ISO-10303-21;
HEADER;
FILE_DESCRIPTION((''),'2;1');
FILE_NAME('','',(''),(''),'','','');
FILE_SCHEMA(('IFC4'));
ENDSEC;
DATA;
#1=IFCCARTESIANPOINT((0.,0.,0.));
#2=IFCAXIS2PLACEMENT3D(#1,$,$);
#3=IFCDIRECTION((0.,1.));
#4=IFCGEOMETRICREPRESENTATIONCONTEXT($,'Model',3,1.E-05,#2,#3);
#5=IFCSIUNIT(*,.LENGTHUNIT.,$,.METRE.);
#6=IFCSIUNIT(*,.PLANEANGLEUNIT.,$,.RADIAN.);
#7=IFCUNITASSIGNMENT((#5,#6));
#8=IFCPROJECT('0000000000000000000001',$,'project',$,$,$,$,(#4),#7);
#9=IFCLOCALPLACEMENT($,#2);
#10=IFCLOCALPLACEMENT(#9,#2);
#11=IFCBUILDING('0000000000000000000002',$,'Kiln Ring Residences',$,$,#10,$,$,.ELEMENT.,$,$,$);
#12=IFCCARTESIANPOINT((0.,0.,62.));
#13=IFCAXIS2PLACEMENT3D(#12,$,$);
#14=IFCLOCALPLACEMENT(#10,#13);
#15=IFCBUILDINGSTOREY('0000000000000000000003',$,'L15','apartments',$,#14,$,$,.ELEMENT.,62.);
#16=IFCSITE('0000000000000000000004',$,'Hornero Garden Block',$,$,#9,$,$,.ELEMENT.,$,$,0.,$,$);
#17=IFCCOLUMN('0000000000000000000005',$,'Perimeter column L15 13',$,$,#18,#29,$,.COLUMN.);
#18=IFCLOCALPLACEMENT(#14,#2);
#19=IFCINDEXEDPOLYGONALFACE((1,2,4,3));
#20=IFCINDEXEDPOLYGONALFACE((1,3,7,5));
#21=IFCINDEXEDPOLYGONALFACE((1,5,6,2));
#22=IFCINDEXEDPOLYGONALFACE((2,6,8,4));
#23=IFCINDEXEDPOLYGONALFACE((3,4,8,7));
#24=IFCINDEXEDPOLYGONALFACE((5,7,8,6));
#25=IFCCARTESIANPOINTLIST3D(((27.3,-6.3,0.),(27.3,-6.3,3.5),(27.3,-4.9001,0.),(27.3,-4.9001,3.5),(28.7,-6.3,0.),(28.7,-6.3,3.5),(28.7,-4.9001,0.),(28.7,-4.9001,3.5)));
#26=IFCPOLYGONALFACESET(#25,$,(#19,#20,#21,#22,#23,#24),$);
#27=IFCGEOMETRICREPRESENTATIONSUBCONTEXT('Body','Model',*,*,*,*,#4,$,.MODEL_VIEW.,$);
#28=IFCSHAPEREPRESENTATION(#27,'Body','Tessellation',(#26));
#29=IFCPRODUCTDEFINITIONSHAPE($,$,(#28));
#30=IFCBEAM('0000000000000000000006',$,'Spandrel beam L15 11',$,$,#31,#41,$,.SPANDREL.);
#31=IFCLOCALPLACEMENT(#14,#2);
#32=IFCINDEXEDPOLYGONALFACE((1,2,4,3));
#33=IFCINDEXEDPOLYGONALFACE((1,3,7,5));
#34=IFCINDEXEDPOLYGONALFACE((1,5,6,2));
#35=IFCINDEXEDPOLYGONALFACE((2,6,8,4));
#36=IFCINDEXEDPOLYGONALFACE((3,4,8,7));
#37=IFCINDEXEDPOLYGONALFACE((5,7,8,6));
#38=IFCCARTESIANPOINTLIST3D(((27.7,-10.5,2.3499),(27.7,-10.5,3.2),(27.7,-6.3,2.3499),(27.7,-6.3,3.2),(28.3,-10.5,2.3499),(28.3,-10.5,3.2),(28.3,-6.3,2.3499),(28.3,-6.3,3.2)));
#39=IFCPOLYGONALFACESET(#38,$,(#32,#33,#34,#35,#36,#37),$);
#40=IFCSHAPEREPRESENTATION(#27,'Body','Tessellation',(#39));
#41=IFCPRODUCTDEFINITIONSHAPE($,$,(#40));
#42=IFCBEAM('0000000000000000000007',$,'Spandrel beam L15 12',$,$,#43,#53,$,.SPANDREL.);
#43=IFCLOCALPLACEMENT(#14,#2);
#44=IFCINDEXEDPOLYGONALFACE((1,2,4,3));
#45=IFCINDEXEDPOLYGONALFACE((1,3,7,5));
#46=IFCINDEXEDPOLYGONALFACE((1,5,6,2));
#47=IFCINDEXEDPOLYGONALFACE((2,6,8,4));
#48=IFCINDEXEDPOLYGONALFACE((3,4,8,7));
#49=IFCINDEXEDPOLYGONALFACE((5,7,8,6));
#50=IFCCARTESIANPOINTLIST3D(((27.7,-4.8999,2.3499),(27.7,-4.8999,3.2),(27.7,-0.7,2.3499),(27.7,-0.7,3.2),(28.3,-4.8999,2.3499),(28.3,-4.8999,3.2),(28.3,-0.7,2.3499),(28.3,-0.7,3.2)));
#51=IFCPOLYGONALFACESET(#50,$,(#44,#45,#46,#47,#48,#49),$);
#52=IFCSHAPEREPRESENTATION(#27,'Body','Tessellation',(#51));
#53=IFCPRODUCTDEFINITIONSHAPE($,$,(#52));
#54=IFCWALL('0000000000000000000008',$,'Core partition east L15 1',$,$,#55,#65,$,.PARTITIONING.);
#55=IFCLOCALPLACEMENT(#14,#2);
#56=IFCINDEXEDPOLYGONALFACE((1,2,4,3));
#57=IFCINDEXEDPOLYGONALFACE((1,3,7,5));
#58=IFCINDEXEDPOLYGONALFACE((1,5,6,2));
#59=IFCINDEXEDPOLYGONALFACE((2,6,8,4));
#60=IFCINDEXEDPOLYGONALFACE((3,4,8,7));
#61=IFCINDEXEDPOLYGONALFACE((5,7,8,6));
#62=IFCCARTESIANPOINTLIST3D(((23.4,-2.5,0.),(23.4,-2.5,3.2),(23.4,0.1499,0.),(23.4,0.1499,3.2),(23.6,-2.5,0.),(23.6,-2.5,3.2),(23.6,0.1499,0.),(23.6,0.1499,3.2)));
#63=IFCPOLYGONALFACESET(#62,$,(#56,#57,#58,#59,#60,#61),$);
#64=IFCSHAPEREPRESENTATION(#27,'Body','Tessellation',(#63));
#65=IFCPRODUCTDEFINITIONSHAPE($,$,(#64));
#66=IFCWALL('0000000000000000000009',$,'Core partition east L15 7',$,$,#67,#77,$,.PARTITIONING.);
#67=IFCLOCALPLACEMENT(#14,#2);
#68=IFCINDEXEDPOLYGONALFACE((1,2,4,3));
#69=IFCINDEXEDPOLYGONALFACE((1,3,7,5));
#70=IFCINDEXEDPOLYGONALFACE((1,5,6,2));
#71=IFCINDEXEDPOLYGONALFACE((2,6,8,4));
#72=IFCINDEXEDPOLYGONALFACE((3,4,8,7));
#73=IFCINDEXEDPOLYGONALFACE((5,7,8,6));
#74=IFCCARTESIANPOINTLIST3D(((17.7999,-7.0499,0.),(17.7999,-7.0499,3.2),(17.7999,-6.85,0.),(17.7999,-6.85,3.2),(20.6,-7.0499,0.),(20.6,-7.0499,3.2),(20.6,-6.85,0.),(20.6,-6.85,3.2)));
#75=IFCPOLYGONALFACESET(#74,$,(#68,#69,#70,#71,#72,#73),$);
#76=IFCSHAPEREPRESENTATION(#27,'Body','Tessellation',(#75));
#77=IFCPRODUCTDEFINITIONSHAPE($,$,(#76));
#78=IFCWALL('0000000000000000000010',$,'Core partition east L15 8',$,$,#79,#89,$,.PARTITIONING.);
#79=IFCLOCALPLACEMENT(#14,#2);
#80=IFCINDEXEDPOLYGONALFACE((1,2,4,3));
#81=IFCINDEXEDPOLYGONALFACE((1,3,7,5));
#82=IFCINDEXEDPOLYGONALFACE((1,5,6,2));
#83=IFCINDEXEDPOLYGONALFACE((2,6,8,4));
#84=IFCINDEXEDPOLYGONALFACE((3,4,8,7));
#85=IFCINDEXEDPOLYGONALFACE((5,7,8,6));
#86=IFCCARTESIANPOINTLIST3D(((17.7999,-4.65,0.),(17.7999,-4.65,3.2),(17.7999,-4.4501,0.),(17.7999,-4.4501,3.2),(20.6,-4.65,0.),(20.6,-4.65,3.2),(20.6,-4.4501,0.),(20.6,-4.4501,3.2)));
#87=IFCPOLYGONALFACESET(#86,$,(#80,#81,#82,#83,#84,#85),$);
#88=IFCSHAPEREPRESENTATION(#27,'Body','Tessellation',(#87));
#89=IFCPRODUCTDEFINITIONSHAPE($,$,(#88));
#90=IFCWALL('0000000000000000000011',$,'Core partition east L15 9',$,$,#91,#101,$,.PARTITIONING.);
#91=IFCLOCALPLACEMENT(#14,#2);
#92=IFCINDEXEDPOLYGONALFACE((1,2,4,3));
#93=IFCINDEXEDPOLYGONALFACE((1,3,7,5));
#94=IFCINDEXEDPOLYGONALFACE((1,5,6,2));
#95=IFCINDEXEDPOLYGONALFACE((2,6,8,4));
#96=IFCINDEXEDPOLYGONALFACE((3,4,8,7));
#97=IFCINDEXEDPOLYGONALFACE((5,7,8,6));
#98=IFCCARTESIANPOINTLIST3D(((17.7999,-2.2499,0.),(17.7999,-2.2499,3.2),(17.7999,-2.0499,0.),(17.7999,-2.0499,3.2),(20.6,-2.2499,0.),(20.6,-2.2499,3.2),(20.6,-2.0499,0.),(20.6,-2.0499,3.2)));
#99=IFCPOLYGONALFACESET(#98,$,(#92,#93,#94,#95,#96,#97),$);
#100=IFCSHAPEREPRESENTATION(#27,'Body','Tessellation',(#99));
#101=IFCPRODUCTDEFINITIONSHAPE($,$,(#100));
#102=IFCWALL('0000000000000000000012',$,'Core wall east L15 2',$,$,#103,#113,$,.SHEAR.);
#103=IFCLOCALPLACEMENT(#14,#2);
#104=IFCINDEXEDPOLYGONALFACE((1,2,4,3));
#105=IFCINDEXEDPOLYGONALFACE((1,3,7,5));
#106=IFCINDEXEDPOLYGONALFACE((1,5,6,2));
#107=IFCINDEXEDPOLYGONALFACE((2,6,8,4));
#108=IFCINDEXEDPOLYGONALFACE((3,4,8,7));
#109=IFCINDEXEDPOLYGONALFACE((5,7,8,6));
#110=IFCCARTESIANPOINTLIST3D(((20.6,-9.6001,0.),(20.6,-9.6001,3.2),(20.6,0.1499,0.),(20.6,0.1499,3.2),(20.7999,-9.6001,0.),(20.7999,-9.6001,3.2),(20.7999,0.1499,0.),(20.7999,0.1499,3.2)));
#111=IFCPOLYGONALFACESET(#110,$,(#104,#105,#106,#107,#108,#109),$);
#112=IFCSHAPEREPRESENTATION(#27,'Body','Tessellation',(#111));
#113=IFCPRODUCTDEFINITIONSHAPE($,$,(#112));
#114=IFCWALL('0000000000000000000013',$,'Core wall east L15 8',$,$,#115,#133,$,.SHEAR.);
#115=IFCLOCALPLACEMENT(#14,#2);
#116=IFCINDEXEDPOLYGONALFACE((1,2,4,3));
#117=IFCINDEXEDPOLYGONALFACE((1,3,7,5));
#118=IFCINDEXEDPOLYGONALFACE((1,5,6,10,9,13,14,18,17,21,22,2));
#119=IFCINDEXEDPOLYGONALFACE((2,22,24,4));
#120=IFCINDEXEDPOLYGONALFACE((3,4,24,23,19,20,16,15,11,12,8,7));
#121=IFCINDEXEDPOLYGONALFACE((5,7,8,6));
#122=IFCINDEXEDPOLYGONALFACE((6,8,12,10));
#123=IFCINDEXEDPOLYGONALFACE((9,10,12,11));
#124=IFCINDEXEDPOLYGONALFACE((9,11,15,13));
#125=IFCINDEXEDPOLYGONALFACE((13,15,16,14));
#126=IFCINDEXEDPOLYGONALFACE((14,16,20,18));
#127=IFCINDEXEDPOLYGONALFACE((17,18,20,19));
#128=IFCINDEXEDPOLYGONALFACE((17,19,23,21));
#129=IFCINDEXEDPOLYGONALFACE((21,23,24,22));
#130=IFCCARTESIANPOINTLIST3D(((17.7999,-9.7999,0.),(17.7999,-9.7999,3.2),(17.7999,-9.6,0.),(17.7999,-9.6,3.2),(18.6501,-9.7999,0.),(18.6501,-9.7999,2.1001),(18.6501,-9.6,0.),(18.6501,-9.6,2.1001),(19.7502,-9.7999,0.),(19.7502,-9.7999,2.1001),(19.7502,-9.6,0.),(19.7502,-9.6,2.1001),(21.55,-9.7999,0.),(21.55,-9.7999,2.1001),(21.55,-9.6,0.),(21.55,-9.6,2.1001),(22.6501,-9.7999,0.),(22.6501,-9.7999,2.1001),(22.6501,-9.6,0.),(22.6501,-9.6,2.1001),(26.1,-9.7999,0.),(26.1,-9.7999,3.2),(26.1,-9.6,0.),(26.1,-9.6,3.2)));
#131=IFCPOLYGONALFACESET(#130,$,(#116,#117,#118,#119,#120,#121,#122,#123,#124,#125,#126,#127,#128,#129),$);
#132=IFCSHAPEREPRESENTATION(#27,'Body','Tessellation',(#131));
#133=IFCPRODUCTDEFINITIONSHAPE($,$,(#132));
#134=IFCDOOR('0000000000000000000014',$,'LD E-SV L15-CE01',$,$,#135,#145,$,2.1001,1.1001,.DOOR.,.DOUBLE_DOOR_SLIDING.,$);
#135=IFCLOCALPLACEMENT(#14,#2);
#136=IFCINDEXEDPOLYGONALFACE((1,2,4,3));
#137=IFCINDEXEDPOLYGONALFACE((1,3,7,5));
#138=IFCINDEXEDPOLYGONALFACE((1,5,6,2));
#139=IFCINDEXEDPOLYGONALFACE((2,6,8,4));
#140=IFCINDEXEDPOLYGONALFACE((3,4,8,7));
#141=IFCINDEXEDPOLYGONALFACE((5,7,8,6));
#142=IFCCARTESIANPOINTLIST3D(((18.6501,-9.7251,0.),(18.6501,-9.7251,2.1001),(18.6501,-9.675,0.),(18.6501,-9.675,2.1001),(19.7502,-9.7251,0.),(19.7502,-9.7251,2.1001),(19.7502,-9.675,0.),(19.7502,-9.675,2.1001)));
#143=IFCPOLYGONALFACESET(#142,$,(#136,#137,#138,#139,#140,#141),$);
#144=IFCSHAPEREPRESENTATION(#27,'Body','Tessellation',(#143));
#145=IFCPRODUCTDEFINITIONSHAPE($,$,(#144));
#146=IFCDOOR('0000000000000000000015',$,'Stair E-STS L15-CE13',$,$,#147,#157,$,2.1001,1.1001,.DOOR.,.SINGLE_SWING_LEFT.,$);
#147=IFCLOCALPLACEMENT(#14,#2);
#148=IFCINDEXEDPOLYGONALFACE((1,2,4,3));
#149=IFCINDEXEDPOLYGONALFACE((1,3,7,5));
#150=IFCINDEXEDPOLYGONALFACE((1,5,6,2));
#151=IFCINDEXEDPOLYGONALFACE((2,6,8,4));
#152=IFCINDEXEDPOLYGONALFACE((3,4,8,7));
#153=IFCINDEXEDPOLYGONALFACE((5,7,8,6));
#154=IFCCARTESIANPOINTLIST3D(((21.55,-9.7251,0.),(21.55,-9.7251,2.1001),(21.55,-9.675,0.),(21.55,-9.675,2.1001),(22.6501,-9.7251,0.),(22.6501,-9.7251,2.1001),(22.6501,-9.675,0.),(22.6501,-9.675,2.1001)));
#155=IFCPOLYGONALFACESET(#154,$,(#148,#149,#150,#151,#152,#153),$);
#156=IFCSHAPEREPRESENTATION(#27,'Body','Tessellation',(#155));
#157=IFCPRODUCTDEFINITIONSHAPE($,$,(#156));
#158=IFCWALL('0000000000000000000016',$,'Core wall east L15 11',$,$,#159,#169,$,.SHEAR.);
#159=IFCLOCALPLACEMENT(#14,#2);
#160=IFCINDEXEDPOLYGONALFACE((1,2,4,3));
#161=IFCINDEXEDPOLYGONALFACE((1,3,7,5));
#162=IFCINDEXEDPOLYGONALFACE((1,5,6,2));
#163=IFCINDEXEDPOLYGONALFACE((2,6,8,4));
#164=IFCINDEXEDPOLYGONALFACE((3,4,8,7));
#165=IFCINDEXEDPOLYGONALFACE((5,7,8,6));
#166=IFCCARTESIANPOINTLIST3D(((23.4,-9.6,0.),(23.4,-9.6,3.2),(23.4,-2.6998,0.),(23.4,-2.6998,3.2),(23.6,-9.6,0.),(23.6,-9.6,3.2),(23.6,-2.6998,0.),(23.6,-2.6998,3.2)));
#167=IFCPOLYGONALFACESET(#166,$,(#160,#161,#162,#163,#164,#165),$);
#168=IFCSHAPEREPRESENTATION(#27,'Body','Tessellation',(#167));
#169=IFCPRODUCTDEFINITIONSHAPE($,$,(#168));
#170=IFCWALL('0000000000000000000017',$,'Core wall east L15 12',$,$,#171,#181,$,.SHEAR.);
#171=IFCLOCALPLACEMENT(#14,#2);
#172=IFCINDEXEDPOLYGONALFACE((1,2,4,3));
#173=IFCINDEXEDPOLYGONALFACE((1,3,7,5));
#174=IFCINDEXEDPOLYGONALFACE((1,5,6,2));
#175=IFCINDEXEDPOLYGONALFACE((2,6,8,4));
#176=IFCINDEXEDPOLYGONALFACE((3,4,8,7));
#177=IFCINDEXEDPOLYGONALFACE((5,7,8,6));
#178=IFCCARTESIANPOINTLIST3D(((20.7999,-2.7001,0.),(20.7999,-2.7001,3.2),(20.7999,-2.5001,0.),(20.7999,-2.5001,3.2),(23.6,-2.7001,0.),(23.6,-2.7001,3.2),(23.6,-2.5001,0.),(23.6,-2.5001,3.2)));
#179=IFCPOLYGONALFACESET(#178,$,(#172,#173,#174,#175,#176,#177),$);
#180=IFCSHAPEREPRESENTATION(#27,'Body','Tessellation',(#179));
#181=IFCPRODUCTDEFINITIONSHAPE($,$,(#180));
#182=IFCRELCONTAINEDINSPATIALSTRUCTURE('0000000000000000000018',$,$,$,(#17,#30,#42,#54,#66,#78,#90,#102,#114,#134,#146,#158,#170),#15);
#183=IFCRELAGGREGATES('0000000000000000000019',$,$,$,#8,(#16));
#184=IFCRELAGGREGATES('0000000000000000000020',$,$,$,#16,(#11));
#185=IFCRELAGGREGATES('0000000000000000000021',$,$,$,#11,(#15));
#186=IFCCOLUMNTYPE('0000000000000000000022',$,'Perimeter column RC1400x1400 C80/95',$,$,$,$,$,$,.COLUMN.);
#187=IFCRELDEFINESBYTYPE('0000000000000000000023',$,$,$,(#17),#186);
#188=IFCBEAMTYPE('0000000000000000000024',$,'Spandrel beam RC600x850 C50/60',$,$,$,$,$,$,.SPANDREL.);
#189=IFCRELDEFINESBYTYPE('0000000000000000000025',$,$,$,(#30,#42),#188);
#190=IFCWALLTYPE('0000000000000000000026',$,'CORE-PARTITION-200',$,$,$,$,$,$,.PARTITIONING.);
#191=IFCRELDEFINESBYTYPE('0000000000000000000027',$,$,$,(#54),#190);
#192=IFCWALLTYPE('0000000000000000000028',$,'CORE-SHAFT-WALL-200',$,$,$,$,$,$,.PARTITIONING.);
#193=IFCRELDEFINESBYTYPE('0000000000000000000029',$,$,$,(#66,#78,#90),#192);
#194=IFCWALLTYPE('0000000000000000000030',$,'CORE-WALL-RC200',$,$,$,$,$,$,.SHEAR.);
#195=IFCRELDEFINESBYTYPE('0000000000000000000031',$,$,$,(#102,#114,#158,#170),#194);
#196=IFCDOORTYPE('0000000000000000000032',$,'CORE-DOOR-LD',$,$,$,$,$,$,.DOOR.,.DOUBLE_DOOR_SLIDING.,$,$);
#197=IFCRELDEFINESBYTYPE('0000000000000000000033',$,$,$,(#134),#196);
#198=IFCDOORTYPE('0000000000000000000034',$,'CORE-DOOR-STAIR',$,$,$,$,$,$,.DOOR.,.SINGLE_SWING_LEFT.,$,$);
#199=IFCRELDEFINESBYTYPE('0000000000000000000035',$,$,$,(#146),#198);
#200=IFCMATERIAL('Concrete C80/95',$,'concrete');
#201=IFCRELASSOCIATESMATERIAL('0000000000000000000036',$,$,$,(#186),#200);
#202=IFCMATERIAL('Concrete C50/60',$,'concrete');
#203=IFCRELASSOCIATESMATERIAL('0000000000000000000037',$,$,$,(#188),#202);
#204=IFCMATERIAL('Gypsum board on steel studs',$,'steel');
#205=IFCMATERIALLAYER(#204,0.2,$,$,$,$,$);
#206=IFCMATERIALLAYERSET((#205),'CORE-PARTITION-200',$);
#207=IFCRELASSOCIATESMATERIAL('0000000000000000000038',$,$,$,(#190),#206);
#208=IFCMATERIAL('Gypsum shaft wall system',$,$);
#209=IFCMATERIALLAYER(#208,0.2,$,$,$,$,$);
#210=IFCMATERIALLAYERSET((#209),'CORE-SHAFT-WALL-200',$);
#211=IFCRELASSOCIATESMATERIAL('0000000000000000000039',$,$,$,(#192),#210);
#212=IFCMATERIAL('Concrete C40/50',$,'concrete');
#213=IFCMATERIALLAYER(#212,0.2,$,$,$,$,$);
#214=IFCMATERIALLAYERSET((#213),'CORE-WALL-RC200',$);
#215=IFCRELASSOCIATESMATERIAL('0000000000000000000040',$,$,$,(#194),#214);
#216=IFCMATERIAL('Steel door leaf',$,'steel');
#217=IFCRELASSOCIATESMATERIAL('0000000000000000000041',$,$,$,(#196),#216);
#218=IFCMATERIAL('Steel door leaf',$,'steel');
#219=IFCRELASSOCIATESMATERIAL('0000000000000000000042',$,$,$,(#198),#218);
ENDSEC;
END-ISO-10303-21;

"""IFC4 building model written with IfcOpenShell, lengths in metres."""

from ifc_helpers import new_model, si_unit, direction, frame, frame_2d, origin, origin_2d, place, context, subcontext, project, spatial, rectangle, extrude, material, layer, layer_set, material_profile, profile_set, type_object, element, fill, save


model = new_model("IFC4")

# Units and contexts
model_context = context("Model", 3, precision=1e-05, world=origin(), true_north=direction((0.0, 1.0)))
body_context = subcontext(model_context, "Body", "Model", "MODEL_VIEW")
ifc_project = project(units=[si_unit("LENGTHUNIT", "METRE"), si_unit("PLANEANGLEUNIT", "RADIAN")], contexts=[model_context])

# Site, building, storey
site_placement = place(None, origin())
site = spatial("IfcSite", under=ifc_project, at=site_placement, Name="Hornero Garden Block", CompositionType="ELEMENT", RefElevation=0.0)
building_placement = place(site_placement, origin())
building = spatial("IfcBuilding", under=site, at=building_placement, Name="Kiln Ring Residences", CompositionType="ELEMENT")
storey_placement = place(building_placement, frame((0.0, 0.0, 62.0)))
storey = spatial("IfcBuildingStorey", under=building, at=storey_placement, Name="L15", Description="apartments", CompositionType="ELEMENT", Elevation=62.0)

# Column
ifc_material_1 = material(Name="Concrete C80/95", Category="concrete")
ifc_material_profile_1 = material_profile(ifc_material_1, rectangle(XDim=1.3999, YDim=1.3999, at=origin_2d()), Name="RC1400x1400")
ifc_profile_set_1 = profile_set([ifc_material_profile_1], Name="Concrete C80/95")
column_type = type_object("IfcColumnType", Name="Perimeter column RC1400x1400 C80/95", PredefinedType="COLUMN", material=ifc_profile_set_1)
column_placement = place(storey_placement, frame((28.0, -5.6001, 0.0), z_axis=(0.0, 0.0, 1.0), x_axis=(1.0, 0.0, 0.0)))
element("IfcColumn", 1, at=column_placement, inside=storey, type_object=column_type, Name="Perimeter column L15 13", PredefinedType="COLUMN", context=body_context, shape_type="SweptSolid", body=[
    extrude(rectangle(XDim=1.3999, YDim=1.3999, at=origin_2d()), origin(), (0.0, 0.0, 1.0), 3.5),
])

# Beams
ifc_material_2 = material(Name="Concrete C50/60", Category="concrete")
ifc_material_profile_2 = material_profile(ifc_material_2, rectangle(XDim=0.6001, YDim=0.8501, at=origin_2d()), Name="RC600x850")
ifc_profile_set_2 = profile_set([ifc_material_profile_2], Name="Concrete C50/60")
beam_type = type_object("IfcBeamType", Name="Spandrel beam RC600x850 C50/60", PredefinedType="SPANDREL", material=ifc_profile_set_2)
for number, where, z_axis, x_axis, name in (
    (2, (28.0, -10.5, 2.7749), (0.0, 1.0, 0.0), (-1.0, 0.0, 0.0), "Spandrel beam L15 11"),
    (3, (28.0, -4.8999, 2.7749), (0.0, 1.0, 0.0), (-1.0, 0.0, 0.0), "Spandrel beam L15 12"),
):
    element("IfcBeam", number, at=place(storey_placement, frame(where, z_axis=z_axis, x_axis=x_axis)), inside=storey, type_object=beam_type, Name=name, PredefinedType="SPANDREL", context=body_context, shape_type="SweptSolid", body=[
        extrude(rectangle(XDim=0.6001, YDim=0.8501, at=origin_2d()), origin(), (0.0, 0.0, 1.0), 4.2),
    ])

# Walls
ifc_material_3 = material(Name="Gypsum board on steel studs", Category="steel")
ifc_layer_1 = layer(ifc_material_3, 0.2)
ifc_layer_set_1 = layer_set([ifc_layer_1], Name="CORE-PARTITION-200")
wall_type_1 = type_object("IfcWallType", Name="CORE-PARTITION-200", PredefinedType="PARTITIONING", material=ifc_layer_set_1)
wall_1_placement = place(storey_placement, frame((23.5, -2.5, 0.0), z_axis=(0.0, 0.0, 1.0), x_axis=(0.0, 1.0, 0.0)))
element("IfcWall", 4, at=wall_1_placement, inside=storey, type_object=wall_type_1, Name="Core partition east L15 1", PredefinedType="PARTITIONING", context=body_context, shape_type="SweptSolid", body=[
    extrude(rectangle(XDim=2.6499, YDim=0.2, at=frame_2d((1.325, 0.0))), origin(), (0.0, 0.0, 1.0), 3.2),
])
ifc_material_4 = material(Name="Gypsum shaft wall system")
ifc_layer_2 = layer(ifc_material_4, 0.2)
ifc_layer_set_2 = layer_set([ifc_layer_2], Name="CORE-SHAFT-WALL-200")
wall_type_2 = type_object("IfcWallType", Name="CORE-SHAFT-WALL-200", PredefinedType="PARTITIONING", material=ifc_layer_set_2)
for number, where, z_axis, x_axis, name in (
    (5, (17.8, -6.95, 0.0), (0.0, 0.0, 1.0), (1.0, 0.0, 0.0), "Core partition east L15 7"),
    (6, (17.8, -4.55, 0.0), (0.0, 0.0, 1.0), (1.0, 0.0, 0.0), "Core partition east L15 8"),
    (7, (17.8, -2.1499, 0.0), (0.0, 0.0, 1.0), (1.0, 0.0, 0.0), "Core partition east L15 9"),
):
    element("IfcWall", number, at=place(storey_placement, frame(where, z_axis=z_axis, x_axis=x_axis)), inside=storey, type_object=wall_type_2, Name=name, PredefinedType="PARTITIONING", context=body_context, shape_type="SweptSolid", body=[
        extrude(rectangle(XDim=2.8, YDim=0.2, at=frame_2d((1.3999, 0.0))), origin(), (0.0, 0.0, 1.0), 3.2),
    ])
ifc_material_5 = material(Name="Concrete C40/50", Category="concrete")
ifc_layer_3 = layer(ifc_material_5, 0.2)
ifc_layer_set_3 = layer_set([ifc_layer_3], Name="CORE-WALL-RC200")
wall_type_3 = type_object("IfcWallType", Name="CORE-WALL-RC200", PredefinedType="SHEAR", material=ifc_layer_set_3)
wall_2_placement = place(storey_placement, frame((20.7, -9.6001, 0.0), z_axis=(0.0, 0.0, 1.0), x_axis=(0.0, 1.0, 0.0)))
element("IfcWall", 8, at=wall_2_placement, inside=storey, type_object=wall_type_3, Name="Core wall east L15 2", PredefinedType="SHEAR", context=body_context, shape_type="SweptSolid", body=[
    extrude(rectangle(XDim=9.75, YDim=0.2, at=frame_2d((4.875, 0.0))), origin(), (0.0, 0.0, 1.0), 3.2),
])

# Wall, openings, doors
wall_3_placement = place(storey_placement, frame((17.8, -9.7, 0.0), z_axis=(0.0, 0.0, 1.0), x_axis=(1.0, 0.0, 0.0)))
wall_3 = element("IfcWall", 9, at=wall_3_placement, inside=storey, type_object=wall_type_3, Name="Core wall east L15 8", PredefinedType="SHEAR", context=body_context, shape_type="SweptSolid", body=[
    extrude(rectangle(XDim=8.3, YDim=0.2, at=frame_2d((4.1499, 0.0))), origin(), (0.0, 0.0, 1.0), 3.2),
])
opening_1_placement = place(wall_3_placement, frame((0.8501, 0.0, 0.0)))
opening_1 = element("IfcOpeningElement", 10, at=opening_1_placement, cuts=wall_3, PredefinedType="OPENING", context=body_context, shape_type="SweptSolid", body=[
    extrude(rectangle(XDim=1.1001, YDim=2.1001, at=frame_2d((0.55, 1.05))), frame((0.0, 0.1099, 0.0), z_axis=(0.0, -1.0, 0.0), x_axis=(1.0, 0.0, 0.0)), (0.0, 0.0, 1.0), 0.22),
])
opening_2_placement = place(wall_3_placement, frame((3.75, 0.0, 0.0)))
opening_2 = element("IfcOpeningElement", 11, at=opening_2_placement, cuts=wall_3, PredefinedType="OPENING", context=body_context, shape_type="SweptSolid", body=[
    extrude(rectangle(XDim=1.1001, YDim=2.1001, at=frame_2d((0.55, 1.05))), frame((0.0, 0.1099, 0.0), z_axis=(0.0, -1.0, 0.0), x_axis=(1.0, 0.0, 0.0)), (0.0, 0.0, 1.0), 0.22),
])
ifc_material_6 = material(Name="Steel door leaf", Category="steel")
door_type_1 = type_object("IfcDoorType", Name="CORE-DOOR-LD", OperationType="DOUBLE_DOOR_SLIDING", PredefinedType="DOOR", material=ifc_material_6)
door_1_placement = place(opening_1_placement, origin())
door_1 = element("IfcDoor", 12, at=door_1_placement, inside=storey, type_object=door_type_1, Name="LD E-SV L15-CE01", OperationType="DOUBLE_DOOR_SLIDING", OverallHeight=2.1001, OverallWidth=1.1001, PredefinedType="DOOR", context=body_context, shape_type="SweptSolid", body=[
    extrude(rectangle(XDim=1.1001, YDim=2.1001, at=frame_2d((0.55, 1.05))), frame((0.0, 0.0249, 0.0), z_axis=(0.0, -1.0, 0.0), x_axis=(1.0, 0.0, 0.0)), (0.0, 0.0, 1.0), 0.05),
])
fill(opening_1, door_1)
ifc_material_7 = material(Name="Steel door leaf", Category="steel")
door_type_2 = type_object("IfcDoorType", Name="CORE-DOOR-STAIR", OperationType="SINGLE_SWING_LEFT", PredefinedType="DOOR", material=ifc_material_7)
door_2_placement = place(opening_2_placement, origin())
door_2 = element("IfcDoor", 13, at=door_2_placement, inside=storey, type_object=door_type_2, Name="Stair E-STS L15-CE13", OperationType="SINGLE_SWING_LEFT", OverallHeight=2.1001, OverallWidth=1.1001, PredefinedType="DOOR", context=body_context, shape_type="SweptSolid", body=[
    extrude(rectangle(XDim=1.1001, YDim=2.1001, at=frame_2d((0.55, 1.05))), frame((0.0, 0.0249, 0.0), z_axis=(0.0, -1.0, 0.0), x_axis=(1.0, 0.0, 0.0)), (0.0, 0.0, 1.0), 0.05),
])
fill(opening_2, door_2)

# Walls
wall_4_placement = place(storey_placement, frame((23.5, -9.6001, 0.0), z_axis=(0.0, 0.0, 1.0), x_axis=(0.0, 1.0, 0.0)))
element("IfcWall", 14, at=wall_4_placement, inside=storey, type_object=wall_type_3, Name="Core wall east L15 11", PredefinedType="SHEAR", context=body_context, shape_type="SweptSolid", body=[
    extrude(rectangle(XDim=6.9001, YDim=0.2, at=frame_2d((3.4502, 0.0))), origin(), (0.0, 0.0, 1.0), 3.2),
])
wall_5_placement = place(storey_placement, frame((20.8, -2.6001, 0.0), z_axis=(0.0, 0.0, 1.0), x_axis=(1.0, 0.0, 0.0)))
element("IfcWall", 15, at=wall_5_placement, inside=storey, type_object=wall_type_3, Name="Core wall east L15 12", PredefinedType="SHEAR", context=body_context, shape_type="SweptSolid", body=[
    extrude(rectangle(XDim=2.8, YDim=0.2, at=frame_2d((1.3999, 0.0))), origin(), (0.0, 0.0, 1.0), 3.2),
])

save(model, "model.ifc")
